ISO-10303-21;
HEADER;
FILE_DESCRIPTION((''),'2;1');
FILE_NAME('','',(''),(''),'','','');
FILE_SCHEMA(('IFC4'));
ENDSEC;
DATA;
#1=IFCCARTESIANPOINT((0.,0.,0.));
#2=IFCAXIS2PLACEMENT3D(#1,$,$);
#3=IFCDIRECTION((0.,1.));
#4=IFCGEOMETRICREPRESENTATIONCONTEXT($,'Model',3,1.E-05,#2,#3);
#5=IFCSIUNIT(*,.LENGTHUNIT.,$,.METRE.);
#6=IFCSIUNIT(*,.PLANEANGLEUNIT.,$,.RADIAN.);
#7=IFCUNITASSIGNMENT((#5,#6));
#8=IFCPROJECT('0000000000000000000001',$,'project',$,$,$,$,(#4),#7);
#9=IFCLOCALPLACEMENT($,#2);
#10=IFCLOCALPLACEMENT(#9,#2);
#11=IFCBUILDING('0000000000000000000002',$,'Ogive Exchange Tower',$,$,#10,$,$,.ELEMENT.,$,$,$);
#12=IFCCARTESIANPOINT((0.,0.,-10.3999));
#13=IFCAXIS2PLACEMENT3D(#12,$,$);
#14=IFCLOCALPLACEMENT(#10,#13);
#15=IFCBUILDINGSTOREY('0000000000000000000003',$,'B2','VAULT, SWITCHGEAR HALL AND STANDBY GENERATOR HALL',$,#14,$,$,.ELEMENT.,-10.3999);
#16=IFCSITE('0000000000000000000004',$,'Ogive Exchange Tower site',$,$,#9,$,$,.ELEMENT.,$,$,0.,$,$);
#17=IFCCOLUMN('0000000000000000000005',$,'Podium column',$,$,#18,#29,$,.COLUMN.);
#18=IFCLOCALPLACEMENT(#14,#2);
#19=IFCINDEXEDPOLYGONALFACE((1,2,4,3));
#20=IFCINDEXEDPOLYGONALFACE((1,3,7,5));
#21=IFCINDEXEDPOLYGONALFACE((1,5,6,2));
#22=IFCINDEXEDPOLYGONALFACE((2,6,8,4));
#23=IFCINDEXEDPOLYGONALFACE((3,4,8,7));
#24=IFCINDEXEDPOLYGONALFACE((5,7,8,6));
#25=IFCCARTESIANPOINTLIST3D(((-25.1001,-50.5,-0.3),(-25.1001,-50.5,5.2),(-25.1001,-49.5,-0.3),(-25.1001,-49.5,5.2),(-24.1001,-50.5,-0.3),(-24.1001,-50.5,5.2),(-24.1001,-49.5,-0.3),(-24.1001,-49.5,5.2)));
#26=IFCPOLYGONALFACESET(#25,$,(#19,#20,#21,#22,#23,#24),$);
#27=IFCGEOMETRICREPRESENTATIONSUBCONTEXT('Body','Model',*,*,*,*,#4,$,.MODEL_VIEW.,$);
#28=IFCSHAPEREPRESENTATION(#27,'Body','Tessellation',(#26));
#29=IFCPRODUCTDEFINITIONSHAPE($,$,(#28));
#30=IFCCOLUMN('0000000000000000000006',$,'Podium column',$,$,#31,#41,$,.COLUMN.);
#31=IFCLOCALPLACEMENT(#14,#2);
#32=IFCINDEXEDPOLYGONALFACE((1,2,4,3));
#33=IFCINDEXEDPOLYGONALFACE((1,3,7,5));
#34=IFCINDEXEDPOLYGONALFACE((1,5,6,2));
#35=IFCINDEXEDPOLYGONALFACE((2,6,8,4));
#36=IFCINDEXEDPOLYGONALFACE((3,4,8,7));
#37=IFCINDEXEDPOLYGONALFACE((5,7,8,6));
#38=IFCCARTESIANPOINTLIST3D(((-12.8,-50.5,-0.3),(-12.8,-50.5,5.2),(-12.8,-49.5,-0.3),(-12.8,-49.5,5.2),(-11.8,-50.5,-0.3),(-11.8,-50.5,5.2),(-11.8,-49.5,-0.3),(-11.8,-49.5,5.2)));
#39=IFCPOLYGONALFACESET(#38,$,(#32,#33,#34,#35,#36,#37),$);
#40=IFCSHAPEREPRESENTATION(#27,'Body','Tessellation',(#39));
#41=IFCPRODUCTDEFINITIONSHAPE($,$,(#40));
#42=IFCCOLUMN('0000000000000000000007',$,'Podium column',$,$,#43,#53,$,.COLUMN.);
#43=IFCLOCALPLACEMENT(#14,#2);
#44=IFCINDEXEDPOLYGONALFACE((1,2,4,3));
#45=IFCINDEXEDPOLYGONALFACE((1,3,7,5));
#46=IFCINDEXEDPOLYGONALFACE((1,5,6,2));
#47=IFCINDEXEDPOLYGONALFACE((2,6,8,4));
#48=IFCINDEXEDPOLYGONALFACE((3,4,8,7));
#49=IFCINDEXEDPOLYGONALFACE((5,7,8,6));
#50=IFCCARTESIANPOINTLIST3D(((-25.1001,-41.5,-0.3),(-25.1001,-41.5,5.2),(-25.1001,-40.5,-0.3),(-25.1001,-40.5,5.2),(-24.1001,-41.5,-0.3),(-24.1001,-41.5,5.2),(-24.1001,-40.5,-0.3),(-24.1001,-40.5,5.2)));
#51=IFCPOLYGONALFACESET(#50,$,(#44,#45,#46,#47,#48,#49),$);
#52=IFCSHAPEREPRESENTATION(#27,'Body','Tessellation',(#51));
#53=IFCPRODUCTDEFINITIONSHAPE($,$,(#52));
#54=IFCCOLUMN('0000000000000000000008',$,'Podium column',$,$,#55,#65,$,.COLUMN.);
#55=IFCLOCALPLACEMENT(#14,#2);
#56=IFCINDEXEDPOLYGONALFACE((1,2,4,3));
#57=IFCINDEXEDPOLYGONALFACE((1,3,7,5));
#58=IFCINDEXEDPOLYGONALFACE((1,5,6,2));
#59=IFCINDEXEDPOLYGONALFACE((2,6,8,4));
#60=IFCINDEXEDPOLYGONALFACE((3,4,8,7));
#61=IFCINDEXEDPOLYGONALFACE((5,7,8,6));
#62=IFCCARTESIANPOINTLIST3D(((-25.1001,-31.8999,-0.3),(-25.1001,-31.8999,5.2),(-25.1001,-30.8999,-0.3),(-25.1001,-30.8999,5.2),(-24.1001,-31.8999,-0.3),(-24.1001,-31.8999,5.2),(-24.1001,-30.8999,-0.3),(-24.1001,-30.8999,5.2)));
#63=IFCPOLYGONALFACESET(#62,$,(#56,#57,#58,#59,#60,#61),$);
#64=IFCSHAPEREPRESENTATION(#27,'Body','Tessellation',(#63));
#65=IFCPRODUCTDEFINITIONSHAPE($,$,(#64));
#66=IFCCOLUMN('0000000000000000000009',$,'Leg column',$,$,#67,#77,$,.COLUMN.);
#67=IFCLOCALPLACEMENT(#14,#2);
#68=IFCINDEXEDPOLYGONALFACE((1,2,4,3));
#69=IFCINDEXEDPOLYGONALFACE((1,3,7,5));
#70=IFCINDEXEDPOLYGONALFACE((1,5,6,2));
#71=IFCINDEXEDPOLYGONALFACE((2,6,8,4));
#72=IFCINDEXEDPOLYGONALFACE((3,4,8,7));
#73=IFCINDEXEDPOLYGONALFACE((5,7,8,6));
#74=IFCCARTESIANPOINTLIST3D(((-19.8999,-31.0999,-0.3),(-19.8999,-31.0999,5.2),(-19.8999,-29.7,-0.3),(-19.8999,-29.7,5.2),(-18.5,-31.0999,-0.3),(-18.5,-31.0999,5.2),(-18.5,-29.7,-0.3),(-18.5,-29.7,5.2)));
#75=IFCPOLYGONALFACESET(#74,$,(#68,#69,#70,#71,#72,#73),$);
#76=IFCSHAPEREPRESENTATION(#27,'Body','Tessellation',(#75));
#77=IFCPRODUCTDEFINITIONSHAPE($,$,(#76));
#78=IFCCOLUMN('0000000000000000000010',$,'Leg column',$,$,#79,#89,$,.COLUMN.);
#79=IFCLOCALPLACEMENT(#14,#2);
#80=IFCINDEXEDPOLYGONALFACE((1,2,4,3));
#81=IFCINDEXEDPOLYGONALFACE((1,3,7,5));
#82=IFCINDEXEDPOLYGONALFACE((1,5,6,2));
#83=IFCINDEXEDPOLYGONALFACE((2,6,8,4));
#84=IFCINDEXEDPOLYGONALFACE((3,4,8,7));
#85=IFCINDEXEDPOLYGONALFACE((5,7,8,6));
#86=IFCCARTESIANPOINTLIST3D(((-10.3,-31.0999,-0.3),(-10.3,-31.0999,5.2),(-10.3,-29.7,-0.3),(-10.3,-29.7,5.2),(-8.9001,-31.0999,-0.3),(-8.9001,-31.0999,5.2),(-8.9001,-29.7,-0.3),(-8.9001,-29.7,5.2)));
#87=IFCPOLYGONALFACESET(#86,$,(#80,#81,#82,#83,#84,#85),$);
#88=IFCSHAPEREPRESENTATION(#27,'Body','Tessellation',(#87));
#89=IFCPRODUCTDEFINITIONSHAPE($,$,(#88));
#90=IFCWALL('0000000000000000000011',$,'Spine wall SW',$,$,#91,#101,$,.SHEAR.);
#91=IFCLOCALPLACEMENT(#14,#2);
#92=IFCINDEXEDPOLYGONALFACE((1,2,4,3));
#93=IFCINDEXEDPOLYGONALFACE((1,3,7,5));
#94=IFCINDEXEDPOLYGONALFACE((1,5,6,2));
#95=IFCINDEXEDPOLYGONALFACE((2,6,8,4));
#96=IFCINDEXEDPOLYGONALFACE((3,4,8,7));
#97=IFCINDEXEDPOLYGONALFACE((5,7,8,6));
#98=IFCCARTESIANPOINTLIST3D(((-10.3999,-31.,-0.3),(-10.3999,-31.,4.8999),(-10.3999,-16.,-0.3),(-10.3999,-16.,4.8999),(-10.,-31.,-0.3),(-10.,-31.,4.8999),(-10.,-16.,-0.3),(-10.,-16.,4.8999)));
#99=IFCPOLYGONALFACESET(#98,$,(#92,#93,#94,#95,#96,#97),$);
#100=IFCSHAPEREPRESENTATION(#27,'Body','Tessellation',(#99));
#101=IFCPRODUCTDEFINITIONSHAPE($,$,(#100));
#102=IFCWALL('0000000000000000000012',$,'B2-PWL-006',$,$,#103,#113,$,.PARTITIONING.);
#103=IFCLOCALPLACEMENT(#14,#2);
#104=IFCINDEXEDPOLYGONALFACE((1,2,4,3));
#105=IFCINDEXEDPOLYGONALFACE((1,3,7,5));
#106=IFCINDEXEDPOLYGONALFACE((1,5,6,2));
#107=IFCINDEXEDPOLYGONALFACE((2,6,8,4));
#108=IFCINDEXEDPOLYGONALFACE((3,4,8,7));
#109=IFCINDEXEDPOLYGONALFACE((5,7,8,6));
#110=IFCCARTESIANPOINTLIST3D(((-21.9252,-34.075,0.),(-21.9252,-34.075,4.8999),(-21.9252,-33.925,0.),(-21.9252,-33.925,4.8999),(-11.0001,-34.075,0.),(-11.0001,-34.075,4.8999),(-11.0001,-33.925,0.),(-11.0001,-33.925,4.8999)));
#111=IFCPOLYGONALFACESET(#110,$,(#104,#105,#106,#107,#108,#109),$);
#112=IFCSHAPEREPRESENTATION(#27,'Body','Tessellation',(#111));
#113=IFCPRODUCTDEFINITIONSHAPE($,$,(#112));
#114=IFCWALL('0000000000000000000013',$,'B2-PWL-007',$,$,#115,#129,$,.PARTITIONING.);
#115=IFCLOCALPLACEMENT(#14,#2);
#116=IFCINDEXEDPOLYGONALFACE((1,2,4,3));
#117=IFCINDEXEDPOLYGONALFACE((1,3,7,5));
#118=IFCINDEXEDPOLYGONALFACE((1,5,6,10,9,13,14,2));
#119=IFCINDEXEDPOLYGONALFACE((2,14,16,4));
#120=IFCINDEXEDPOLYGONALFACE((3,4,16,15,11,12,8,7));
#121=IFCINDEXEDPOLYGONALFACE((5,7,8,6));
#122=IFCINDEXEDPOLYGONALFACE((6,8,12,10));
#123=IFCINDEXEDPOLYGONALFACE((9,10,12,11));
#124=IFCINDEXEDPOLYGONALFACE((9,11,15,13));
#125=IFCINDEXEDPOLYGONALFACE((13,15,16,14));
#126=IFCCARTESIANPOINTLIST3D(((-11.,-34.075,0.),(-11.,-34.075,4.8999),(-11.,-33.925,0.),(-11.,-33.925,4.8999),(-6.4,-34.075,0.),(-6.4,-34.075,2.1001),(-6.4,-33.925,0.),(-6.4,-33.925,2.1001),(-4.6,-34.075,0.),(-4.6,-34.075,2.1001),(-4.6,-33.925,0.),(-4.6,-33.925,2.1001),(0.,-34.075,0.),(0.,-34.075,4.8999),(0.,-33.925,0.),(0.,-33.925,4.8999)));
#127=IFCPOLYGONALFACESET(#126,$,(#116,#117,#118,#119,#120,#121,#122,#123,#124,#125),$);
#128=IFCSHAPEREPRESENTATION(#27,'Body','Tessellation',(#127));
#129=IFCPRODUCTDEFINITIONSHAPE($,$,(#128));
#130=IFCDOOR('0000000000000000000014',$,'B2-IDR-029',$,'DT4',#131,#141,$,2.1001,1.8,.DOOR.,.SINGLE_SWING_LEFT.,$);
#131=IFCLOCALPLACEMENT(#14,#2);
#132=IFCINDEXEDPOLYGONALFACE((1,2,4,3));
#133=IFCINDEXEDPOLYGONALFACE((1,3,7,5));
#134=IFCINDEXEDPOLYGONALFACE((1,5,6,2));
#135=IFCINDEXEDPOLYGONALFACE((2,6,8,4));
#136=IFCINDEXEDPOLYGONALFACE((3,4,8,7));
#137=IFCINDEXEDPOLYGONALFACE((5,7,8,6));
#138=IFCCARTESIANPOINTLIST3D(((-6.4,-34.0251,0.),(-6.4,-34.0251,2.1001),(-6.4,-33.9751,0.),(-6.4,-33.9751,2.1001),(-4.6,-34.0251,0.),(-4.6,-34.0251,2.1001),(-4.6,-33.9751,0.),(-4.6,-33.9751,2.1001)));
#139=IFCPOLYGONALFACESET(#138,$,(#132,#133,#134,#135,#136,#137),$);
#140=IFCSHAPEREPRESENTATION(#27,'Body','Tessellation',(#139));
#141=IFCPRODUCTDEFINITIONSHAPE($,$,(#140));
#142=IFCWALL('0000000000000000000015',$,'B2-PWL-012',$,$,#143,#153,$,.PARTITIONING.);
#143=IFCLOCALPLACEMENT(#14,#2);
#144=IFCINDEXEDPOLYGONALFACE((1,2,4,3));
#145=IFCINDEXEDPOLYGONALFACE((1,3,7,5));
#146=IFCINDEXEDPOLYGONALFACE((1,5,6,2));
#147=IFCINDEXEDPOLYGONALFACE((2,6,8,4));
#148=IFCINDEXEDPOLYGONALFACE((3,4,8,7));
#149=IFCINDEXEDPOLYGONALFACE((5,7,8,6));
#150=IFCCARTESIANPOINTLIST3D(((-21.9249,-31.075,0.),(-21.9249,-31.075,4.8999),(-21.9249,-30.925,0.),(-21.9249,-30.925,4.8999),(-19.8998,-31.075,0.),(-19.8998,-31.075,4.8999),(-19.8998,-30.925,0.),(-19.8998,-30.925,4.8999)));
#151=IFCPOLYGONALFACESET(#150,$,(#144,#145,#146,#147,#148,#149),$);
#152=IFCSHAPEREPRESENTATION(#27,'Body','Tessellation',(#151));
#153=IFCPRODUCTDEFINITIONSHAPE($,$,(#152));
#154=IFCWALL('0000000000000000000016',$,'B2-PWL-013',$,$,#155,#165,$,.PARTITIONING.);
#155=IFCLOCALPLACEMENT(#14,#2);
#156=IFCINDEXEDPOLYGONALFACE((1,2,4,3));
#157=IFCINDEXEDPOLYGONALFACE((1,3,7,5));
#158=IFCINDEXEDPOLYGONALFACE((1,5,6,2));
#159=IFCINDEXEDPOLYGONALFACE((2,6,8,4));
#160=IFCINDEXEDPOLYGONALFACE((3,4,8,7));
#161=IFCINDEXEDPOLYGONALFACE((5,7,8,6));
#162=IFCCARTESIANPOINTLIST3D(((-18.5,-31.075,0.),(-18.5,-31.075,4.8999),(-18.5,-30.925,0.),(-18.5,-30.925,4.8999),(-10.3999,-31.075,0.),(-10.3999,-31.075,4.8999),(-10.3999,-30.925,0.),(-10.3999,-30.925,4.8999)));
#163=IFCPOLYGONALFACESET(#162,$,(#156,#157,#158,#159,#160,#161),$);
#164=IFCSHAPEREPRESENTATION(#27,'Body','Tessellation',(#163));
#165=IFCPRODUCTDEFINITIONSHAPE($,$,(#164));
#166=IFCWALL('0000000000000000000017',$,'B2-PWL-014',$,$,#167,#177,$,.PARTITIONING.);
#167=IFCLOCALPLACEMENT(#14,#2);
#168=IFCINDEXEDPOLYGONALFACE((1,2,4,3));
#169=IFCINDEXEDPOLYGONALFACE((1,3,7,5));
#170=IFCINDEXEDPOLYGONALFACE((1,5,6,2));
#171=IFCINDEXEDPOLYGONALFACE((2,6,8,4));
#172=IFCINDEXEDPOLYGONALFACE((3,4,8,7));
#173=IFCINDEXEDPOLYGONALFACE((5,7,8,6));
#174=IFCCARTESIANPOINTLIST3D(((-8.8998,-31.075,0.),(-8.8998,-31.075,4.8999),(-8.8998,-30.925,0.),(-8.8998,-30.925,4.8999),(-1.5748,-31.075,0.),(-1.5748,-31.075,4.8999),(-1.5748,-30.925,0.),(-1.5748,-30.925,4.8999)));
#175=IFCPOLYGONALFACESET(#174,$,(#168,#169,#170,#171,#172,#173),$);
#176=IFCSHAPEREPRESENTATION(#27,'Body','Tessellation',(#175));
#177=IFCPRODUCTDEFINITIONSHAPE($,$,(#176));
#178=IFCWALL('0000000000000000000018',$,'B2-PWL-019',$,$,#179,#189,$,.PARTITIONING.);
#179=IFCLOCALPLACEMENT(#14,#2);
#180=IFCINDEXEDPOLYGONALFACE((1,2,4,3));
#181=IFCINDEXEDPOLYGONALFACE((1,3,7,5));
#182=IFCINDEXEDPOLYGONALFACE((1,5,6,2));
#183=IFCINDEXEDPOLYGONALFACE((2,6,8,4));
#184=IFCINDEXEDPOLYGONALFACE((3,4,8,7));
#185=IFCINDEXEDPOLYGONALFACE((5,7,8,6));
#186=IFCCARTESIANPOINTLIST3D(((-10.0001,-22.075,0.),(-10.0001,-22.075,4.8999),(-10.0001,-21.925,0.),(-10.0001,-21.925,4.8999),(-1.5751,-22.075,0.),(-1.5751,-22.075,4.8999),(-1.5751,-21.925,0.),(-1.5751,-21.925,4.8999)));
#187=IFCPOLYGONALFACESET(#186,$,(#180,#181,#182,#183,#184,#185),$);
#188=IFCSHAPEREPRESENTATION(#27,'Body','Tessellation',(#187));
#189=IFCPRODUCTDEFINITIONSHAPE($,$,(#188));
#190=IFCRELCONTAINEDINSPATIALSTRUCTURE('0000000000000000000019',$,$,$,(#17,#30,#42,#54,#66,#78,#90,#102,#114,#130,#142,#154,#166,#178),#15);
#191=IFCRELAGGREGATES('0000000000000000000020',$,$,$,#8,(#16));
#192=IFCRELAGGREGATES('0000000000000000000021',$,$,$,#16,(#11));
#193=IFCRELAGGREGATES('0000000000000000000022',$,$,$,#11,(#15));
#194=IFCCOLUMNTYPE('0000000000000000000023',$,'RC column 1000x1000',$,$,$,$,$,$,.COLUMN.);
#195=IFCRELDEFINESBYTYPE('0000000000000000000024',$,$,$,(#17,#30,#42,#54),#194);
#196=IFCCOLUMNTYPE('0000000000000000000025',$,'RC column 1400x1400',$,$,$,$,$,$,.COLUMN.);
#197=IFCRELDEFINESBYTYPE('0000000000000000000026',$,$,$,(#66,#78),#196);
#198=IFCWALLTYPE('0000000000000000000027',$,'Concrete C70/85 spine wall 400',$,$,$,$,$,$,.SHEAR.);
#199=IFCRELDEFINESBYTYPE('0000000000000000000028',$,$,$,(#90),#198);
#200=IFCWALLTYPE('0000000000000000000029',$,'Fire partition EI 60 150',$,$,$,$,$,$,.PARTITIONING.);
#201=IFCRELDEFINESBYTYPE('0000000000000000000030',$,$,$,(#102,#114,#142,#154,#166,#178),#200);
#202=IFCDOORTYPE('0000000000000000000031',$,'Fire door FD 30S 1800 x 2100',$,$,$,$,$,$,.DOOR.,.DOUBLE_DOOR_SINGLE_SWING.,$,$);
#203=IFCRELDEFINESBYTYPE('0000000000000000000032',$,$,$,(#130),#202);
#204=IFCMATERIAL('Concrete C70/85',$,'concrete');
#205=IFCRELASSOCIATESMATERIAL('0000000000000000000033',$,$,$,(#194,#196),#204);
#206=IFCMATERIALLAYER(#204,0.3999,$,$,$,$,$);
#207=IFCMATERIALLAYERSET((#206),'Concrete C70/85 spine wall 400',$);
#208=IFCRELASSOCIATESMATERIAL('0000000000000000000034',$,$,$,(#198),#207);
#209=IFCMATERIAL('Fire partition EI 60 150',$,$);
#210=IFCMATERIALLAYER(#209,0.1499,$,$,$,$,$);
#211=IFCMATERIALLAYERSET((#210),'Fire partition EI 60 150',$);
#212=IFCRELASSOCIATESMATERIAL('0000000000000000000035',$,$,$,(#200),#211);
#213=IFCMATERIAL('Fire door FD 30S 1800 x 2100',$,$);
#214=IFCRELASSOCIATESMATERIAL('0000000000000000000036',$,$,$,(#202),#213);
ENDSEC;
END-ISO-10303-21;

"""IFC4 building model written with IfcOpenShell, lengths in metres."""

from ifc_helpers import new_model, si_unit, direction, frame, frame_2d, origin, origin_2d, place, context, subcontext, project, spatial, rectangle, extrude, material, layer, layer_set, material_profile, profile_set, type_object, element, fill, save


model = new_model("IFC4")

# Units and contexts
model_context = context("Model", 3, precision=1e-05, world=origin(), true_north=direction((0.0, 1.0)))
body_context = subcontext(model_context, "Body", "Model", "MODEL_VIEW")
ifc_project = project(units=[si_unit("LENGTHUNIT", "METRE"), si_unit("PLANEANGLEUNIT", "RADIAN")], contexts=[model_context])

# Site, building, storey
site_placement = place(None, origin())
site = spatial("IfcSite", under=ifc_project, at=site_placement, Name="Ogive Exchange Tower site", CompositionType="ELEMENT", RefElevation=0.0)
building_placement = place(site_placement, origin())
building = spatial("IfcBuilding", under=site, at=building_placement, Name="Ogive Exchange Tower", CompositionType="ELEMENT")
storey_placement = place(building_placement, frame((0.0, 0.0, -10.3999)))
storey = spatial("IfcBuildingStorey", under=building, at=storey_placement, Name="B2", Description="VAULT, SWITCHGEAR HALL AND STANDBY GENERATOR HALL", CompositionType="ELEMENT", Elevation=-10.3999)

# Columns
ifc_material_1 = material(Name="Concrete C70/85", Category="concrete")
ifc_material_profile_1 = material_profile(ifc_material_1, rectangle(XDim=1.0, YDim=1.0, at=origin_2d()), Name="RC 1000x1000")
ifc_profile_set_1 = profile_set([ifc_material_profile_1], Name="Concrete C70/85")
column_type_1 = type_object("IfcColumnType", Name="RC column 1000x1000", PredefinedType="COLUMN", material=ifc_profile_set_1)
for number, where, z_axis, x_axis, name in (
    (1, (-24.6001, -50.0, -0.3), (0.0, 0.0, 1.0), (1.0, 0.0, 0.0), "Podium column"),
    (2, (-12.3, -50.0, -0.3), (0.0, 0.0, 1.0), (1.0, 0.0, 0.0), "Podium column"),
    (3, (-24.6001, -41.0, -0.3), (0.0, 0.0, 1.0), (1.0, 0.0, 0.0), "Podium column"),
    (4, (-24.6001, -31.3999, -0.3), (0.0, 0.0, 1.0), (1.0, 0.0, 0.0), "Podium column"),
):
    element("IfcColumn", number, at=place(storey_placement, frame(where, z_axis=z_axis, x_axis=x_axis)), inside=storey, type_object=column_type_1, Name=name, PredefinedType="COLUMN", context=body_context, shape_type="SweptSolid", body=[
        extrude(rectangle(XDim=1.0, YDim=1.0, at=origin_2d()), origin(), (0.0, 0.0, 1.0), 5.5),
    ])
ifc_material_profile_2 = material_profile(ifc_material_1, rectangle(XDim=1.3999, YDim=1.3999, at=origin_2d()), Name="RC 1400x1400")
ifc_profile_set_2 = profile_set([ifc_material_profile_2], Name="Concrete C70/85")
column_type_2 = type_object("IfcColumnType", Name="RC column 1400x1400", PredefinedType="COLUMN", material=ifc_profile_set_2)
for number, where, z_axis, x_axis, name in (
    (5, (-19.2, -30.3999, -0.3), (0.0, 0.0, 1.0), (1.0, 0.0, 0.0), "Leg column"),
    (6, (-9.6001, -30.3999, -0.3), (0.0, 0.0, 1.0), (1.0, 0.0, 0.0), "Leg column"),
):
    element("IfcColumn", number, at=place(storey_placement, frame(where, z_axis=z_axis, x_axis=x_axis)), inside=storey, type_object=column_type_2, Name=name, PredefinedType="COLUMN", context=body_context, shape_type="SweptSolid", body=[
        extrude(rectangle(XDim=1.3999, YDim=1.3999, at=origin_2d()), origin(), (0.0, 0.0, 1.0), 5.5),
    ])

# Walls
ifc_layer_1 = layer(ifc_material_1, 0.3999)
ifc_layer_set_1 = layer_set([ifc_layer_1], Name="Concrete C70/85 spine wall 400")
wall_type_1 = type_object("IfcWallType", Name="Concrete C70/85 spine wall 400", PredefinedType="SHEAR", material=ifc_layer_set_1)
wall_1_placement = place(storey_placement, frame((-10.2, -31.0, -0.3), z_axis=(0.0, 0.0, 1.0), x_axis=(0.0, 1.0, 0.0)))
element("IfcWall", 7, at=wall_1_placement, inside=storey, type_object=wall_type_1, Name="Spine wall SW", PredefinedType="SHEAR", context=body_context, shape_type="SweptSolid", body=[
    extrude(rectangle(XDim=15.0, YDim=0.3999, at=frame_2d((7.5, 0.0))), origin(), (0.0, 0.0, 1.0), 5.2),
])
ifc_material_2 = material(Name="Fire partition EI 60 150")
ifc_layer_2 = layer(ifc_material_2, 0.1499)
ifc_layer_set_2 = layer_set([ifc_layer_2], Name="Fire partition EI 60 150")
wall_type_2 = type_object("IfcWallType", Name="Fire partition EI 60 150", PredefinedType="PARTITIONING", material=ifc_layer_set_2)
wall_2_placement = place(storey_placement, frame((-21.925, -34.0, 0.0), z_axis=(0.0, 0.0, 1.0), x_axis=(1.0, 0.0, 0.0)))
element("IfcWall", 8, at=wall_2_placement, inside=storey, type_object=wall_type_2, Name="B2-PWL-006", PredefinedType="PARTITIONING", context=body_context, shape_type="SweptSolid", body=[
    extrude(rectangle(XDim=10.925, YDim=0.1499, at=frame_2d((5.4624, 0.0))), origin(), (0.0, 0.0, 1.0), 4.8999),
])

# Wall, opening, door
wall_3_placement = place(storey_placement, frame((-11.0, -34.0, 0.0), z_axis=(0.0, 0.0, 1.0), x_axis=(1.0, 0.0, 0.0)))
wall_3 = element("IfcWall", 9, at=wall_3_placement, inside=storey, type_object=wall_type_2, Name="B2-PWL-007", PredefinedType="PARTITIONING", context=body_context, shape_type="SweptSolid", body=[
    extrude(rectangle(XDim=11.0, YDim=0.1499, at=frame_2d((5.5, 0.0))), origin(), (0.0, 0.0, 1.0), 4.8999),
])
opening_1_placement = place(wall_3_placement, frame((4.6001, 0.0, 0.0)))
opening_1 = element("IfcOpeningElement", 10, at=opening_1_placement, cuts=wall_3, PredefinedType="OPENING", context=body_context, shape_type="SweptSolid", body=[
    extrude(rectangle(XDim=1.8, YDim=2.1001, at=frame_2d((0.8999, 1.05))), frame((0.0, 0.085, 0.0), z_axis=(0.0, -1.0, 0.0), x_axis=(1.0, 0.0, 0.0)), (0.0, 0.0, 1.0), 0.1699),
])
ifc_material_3 = material(Name="Fire door FD 30S 1800 x 2100")
door_type_1 = type_object("IfcDoorType", Name="Fire door FD 30S 1800 x 2100", OperationType="DOUBLE_DOOR_SINGLE_SWING", PredefinedType="DOOR", material=ifc_material_3)
door_1_placement = place(opening_1_placement, origin())
door_1 = element("IfcDoor", 11, at=door_1_placement, inside=storey, type_object=door_type_1, Name="B2-IDR-029", ObjectType="DT4", OperationType="SINGLE_SWING_LEFT", OverallHeight=2.1001, OverallWidth=1.8, PredefinedType="DOOR", context=body_context, shape_type="SweptSolid", body=[
    extrude(rectangle(XDim=1.8, YDim=2.1001, at=frame_2d((0.8999, 1.05))), frame((0.0, 0.0249, 0.0), z_axis=(0.0, -1.0, 0.0), x_axis=(1.0, 0.0, 0.0)), (0.0, 0.0, 1.0), 0.05),
])
fill(opening_1, door_1)

# Walls
wall_4_placement = place(storey_placement, frame((-21.925, -31.0, 0.0), z_axis=(0.0, 0.0, 1.0), x_axis=(1.0, 0.0, 0.0)))
element("IfcWall", 12, at=wall_4_placement, inside=storey, type_object=wall_type_2, Name="B2-PWL-012", PredefinedType="PARTITIONING", context=body_context, shape_type="SweptSolid", body=[
    extrude(rectangle(XDim=2.0251, YDim=0.1499, at=frame_2d((1.0127, 0.0))), origin(), (0.0, 0.0, 1.0), 4.8999),
])
wall_5_placement = place(storey_placement, frame((-18.5, -31.0, 0.0), z_axis=(0.0, 0.0, 1.0), x_axis=(1.0, 0.0, 0.0)))
element("IfcWall", 13, at=wall_5_placement, inside=storey, type_object=wall_type_2, Name="B2-PWL-013", PredefinedType="PARTITIONING", context=body_context, shape_type="SweptSolid", body=[
    extrude(rectangle(XDim=8.1001, YDim=0.1499, at=frame_2d((4.05, 0.0))), origin(), (0.0, 0.0, 1.0), 4.8999),
])
wall_6_placement = place(storey_placement, frame((-8.8999, -31.0, 0.0), z_axis=(0.0, 0.0, 1.0), x_axis=(1.0, 0.0, 0.0)))
element("IfcWall", 14, at=wall_6_placement, inside=storey, type_object=wall_type_2, Name="B2-PWL-014", PredefinedType="PARTITIONING", context=body_context, shape_type="SweptSolid", body=[
    extrude(rectangle(XDim=7.325, YDim=0.1499, at=frame_2d((3.6626, 0.0))), origin(), (0.0, 0.0, 1.0), 4.8999),
])
wall_7_placement = place(storey_placement, frame((-10.0, -22.0, 0.0), z_axis=(0.0, 0.0, 1.0), x_axis=(1.0, 0.0, 0.0)))
element("IfcWall", 15, at=wall_7_placement, inside=storey, type_object=wall_type_2, Name="B2-PWL-019", PredefinedType="PARTITIONING", context=body_context, shape_type="SweptSolid", body=[
    extrude(rectangle(XDim=8.425, YDim=0.1499, at=frame_2d((4.2124, 0.0))), origin(), (0.0, 0.0, 1.0), 4.8999),
])

save(model, "model.ifc")
